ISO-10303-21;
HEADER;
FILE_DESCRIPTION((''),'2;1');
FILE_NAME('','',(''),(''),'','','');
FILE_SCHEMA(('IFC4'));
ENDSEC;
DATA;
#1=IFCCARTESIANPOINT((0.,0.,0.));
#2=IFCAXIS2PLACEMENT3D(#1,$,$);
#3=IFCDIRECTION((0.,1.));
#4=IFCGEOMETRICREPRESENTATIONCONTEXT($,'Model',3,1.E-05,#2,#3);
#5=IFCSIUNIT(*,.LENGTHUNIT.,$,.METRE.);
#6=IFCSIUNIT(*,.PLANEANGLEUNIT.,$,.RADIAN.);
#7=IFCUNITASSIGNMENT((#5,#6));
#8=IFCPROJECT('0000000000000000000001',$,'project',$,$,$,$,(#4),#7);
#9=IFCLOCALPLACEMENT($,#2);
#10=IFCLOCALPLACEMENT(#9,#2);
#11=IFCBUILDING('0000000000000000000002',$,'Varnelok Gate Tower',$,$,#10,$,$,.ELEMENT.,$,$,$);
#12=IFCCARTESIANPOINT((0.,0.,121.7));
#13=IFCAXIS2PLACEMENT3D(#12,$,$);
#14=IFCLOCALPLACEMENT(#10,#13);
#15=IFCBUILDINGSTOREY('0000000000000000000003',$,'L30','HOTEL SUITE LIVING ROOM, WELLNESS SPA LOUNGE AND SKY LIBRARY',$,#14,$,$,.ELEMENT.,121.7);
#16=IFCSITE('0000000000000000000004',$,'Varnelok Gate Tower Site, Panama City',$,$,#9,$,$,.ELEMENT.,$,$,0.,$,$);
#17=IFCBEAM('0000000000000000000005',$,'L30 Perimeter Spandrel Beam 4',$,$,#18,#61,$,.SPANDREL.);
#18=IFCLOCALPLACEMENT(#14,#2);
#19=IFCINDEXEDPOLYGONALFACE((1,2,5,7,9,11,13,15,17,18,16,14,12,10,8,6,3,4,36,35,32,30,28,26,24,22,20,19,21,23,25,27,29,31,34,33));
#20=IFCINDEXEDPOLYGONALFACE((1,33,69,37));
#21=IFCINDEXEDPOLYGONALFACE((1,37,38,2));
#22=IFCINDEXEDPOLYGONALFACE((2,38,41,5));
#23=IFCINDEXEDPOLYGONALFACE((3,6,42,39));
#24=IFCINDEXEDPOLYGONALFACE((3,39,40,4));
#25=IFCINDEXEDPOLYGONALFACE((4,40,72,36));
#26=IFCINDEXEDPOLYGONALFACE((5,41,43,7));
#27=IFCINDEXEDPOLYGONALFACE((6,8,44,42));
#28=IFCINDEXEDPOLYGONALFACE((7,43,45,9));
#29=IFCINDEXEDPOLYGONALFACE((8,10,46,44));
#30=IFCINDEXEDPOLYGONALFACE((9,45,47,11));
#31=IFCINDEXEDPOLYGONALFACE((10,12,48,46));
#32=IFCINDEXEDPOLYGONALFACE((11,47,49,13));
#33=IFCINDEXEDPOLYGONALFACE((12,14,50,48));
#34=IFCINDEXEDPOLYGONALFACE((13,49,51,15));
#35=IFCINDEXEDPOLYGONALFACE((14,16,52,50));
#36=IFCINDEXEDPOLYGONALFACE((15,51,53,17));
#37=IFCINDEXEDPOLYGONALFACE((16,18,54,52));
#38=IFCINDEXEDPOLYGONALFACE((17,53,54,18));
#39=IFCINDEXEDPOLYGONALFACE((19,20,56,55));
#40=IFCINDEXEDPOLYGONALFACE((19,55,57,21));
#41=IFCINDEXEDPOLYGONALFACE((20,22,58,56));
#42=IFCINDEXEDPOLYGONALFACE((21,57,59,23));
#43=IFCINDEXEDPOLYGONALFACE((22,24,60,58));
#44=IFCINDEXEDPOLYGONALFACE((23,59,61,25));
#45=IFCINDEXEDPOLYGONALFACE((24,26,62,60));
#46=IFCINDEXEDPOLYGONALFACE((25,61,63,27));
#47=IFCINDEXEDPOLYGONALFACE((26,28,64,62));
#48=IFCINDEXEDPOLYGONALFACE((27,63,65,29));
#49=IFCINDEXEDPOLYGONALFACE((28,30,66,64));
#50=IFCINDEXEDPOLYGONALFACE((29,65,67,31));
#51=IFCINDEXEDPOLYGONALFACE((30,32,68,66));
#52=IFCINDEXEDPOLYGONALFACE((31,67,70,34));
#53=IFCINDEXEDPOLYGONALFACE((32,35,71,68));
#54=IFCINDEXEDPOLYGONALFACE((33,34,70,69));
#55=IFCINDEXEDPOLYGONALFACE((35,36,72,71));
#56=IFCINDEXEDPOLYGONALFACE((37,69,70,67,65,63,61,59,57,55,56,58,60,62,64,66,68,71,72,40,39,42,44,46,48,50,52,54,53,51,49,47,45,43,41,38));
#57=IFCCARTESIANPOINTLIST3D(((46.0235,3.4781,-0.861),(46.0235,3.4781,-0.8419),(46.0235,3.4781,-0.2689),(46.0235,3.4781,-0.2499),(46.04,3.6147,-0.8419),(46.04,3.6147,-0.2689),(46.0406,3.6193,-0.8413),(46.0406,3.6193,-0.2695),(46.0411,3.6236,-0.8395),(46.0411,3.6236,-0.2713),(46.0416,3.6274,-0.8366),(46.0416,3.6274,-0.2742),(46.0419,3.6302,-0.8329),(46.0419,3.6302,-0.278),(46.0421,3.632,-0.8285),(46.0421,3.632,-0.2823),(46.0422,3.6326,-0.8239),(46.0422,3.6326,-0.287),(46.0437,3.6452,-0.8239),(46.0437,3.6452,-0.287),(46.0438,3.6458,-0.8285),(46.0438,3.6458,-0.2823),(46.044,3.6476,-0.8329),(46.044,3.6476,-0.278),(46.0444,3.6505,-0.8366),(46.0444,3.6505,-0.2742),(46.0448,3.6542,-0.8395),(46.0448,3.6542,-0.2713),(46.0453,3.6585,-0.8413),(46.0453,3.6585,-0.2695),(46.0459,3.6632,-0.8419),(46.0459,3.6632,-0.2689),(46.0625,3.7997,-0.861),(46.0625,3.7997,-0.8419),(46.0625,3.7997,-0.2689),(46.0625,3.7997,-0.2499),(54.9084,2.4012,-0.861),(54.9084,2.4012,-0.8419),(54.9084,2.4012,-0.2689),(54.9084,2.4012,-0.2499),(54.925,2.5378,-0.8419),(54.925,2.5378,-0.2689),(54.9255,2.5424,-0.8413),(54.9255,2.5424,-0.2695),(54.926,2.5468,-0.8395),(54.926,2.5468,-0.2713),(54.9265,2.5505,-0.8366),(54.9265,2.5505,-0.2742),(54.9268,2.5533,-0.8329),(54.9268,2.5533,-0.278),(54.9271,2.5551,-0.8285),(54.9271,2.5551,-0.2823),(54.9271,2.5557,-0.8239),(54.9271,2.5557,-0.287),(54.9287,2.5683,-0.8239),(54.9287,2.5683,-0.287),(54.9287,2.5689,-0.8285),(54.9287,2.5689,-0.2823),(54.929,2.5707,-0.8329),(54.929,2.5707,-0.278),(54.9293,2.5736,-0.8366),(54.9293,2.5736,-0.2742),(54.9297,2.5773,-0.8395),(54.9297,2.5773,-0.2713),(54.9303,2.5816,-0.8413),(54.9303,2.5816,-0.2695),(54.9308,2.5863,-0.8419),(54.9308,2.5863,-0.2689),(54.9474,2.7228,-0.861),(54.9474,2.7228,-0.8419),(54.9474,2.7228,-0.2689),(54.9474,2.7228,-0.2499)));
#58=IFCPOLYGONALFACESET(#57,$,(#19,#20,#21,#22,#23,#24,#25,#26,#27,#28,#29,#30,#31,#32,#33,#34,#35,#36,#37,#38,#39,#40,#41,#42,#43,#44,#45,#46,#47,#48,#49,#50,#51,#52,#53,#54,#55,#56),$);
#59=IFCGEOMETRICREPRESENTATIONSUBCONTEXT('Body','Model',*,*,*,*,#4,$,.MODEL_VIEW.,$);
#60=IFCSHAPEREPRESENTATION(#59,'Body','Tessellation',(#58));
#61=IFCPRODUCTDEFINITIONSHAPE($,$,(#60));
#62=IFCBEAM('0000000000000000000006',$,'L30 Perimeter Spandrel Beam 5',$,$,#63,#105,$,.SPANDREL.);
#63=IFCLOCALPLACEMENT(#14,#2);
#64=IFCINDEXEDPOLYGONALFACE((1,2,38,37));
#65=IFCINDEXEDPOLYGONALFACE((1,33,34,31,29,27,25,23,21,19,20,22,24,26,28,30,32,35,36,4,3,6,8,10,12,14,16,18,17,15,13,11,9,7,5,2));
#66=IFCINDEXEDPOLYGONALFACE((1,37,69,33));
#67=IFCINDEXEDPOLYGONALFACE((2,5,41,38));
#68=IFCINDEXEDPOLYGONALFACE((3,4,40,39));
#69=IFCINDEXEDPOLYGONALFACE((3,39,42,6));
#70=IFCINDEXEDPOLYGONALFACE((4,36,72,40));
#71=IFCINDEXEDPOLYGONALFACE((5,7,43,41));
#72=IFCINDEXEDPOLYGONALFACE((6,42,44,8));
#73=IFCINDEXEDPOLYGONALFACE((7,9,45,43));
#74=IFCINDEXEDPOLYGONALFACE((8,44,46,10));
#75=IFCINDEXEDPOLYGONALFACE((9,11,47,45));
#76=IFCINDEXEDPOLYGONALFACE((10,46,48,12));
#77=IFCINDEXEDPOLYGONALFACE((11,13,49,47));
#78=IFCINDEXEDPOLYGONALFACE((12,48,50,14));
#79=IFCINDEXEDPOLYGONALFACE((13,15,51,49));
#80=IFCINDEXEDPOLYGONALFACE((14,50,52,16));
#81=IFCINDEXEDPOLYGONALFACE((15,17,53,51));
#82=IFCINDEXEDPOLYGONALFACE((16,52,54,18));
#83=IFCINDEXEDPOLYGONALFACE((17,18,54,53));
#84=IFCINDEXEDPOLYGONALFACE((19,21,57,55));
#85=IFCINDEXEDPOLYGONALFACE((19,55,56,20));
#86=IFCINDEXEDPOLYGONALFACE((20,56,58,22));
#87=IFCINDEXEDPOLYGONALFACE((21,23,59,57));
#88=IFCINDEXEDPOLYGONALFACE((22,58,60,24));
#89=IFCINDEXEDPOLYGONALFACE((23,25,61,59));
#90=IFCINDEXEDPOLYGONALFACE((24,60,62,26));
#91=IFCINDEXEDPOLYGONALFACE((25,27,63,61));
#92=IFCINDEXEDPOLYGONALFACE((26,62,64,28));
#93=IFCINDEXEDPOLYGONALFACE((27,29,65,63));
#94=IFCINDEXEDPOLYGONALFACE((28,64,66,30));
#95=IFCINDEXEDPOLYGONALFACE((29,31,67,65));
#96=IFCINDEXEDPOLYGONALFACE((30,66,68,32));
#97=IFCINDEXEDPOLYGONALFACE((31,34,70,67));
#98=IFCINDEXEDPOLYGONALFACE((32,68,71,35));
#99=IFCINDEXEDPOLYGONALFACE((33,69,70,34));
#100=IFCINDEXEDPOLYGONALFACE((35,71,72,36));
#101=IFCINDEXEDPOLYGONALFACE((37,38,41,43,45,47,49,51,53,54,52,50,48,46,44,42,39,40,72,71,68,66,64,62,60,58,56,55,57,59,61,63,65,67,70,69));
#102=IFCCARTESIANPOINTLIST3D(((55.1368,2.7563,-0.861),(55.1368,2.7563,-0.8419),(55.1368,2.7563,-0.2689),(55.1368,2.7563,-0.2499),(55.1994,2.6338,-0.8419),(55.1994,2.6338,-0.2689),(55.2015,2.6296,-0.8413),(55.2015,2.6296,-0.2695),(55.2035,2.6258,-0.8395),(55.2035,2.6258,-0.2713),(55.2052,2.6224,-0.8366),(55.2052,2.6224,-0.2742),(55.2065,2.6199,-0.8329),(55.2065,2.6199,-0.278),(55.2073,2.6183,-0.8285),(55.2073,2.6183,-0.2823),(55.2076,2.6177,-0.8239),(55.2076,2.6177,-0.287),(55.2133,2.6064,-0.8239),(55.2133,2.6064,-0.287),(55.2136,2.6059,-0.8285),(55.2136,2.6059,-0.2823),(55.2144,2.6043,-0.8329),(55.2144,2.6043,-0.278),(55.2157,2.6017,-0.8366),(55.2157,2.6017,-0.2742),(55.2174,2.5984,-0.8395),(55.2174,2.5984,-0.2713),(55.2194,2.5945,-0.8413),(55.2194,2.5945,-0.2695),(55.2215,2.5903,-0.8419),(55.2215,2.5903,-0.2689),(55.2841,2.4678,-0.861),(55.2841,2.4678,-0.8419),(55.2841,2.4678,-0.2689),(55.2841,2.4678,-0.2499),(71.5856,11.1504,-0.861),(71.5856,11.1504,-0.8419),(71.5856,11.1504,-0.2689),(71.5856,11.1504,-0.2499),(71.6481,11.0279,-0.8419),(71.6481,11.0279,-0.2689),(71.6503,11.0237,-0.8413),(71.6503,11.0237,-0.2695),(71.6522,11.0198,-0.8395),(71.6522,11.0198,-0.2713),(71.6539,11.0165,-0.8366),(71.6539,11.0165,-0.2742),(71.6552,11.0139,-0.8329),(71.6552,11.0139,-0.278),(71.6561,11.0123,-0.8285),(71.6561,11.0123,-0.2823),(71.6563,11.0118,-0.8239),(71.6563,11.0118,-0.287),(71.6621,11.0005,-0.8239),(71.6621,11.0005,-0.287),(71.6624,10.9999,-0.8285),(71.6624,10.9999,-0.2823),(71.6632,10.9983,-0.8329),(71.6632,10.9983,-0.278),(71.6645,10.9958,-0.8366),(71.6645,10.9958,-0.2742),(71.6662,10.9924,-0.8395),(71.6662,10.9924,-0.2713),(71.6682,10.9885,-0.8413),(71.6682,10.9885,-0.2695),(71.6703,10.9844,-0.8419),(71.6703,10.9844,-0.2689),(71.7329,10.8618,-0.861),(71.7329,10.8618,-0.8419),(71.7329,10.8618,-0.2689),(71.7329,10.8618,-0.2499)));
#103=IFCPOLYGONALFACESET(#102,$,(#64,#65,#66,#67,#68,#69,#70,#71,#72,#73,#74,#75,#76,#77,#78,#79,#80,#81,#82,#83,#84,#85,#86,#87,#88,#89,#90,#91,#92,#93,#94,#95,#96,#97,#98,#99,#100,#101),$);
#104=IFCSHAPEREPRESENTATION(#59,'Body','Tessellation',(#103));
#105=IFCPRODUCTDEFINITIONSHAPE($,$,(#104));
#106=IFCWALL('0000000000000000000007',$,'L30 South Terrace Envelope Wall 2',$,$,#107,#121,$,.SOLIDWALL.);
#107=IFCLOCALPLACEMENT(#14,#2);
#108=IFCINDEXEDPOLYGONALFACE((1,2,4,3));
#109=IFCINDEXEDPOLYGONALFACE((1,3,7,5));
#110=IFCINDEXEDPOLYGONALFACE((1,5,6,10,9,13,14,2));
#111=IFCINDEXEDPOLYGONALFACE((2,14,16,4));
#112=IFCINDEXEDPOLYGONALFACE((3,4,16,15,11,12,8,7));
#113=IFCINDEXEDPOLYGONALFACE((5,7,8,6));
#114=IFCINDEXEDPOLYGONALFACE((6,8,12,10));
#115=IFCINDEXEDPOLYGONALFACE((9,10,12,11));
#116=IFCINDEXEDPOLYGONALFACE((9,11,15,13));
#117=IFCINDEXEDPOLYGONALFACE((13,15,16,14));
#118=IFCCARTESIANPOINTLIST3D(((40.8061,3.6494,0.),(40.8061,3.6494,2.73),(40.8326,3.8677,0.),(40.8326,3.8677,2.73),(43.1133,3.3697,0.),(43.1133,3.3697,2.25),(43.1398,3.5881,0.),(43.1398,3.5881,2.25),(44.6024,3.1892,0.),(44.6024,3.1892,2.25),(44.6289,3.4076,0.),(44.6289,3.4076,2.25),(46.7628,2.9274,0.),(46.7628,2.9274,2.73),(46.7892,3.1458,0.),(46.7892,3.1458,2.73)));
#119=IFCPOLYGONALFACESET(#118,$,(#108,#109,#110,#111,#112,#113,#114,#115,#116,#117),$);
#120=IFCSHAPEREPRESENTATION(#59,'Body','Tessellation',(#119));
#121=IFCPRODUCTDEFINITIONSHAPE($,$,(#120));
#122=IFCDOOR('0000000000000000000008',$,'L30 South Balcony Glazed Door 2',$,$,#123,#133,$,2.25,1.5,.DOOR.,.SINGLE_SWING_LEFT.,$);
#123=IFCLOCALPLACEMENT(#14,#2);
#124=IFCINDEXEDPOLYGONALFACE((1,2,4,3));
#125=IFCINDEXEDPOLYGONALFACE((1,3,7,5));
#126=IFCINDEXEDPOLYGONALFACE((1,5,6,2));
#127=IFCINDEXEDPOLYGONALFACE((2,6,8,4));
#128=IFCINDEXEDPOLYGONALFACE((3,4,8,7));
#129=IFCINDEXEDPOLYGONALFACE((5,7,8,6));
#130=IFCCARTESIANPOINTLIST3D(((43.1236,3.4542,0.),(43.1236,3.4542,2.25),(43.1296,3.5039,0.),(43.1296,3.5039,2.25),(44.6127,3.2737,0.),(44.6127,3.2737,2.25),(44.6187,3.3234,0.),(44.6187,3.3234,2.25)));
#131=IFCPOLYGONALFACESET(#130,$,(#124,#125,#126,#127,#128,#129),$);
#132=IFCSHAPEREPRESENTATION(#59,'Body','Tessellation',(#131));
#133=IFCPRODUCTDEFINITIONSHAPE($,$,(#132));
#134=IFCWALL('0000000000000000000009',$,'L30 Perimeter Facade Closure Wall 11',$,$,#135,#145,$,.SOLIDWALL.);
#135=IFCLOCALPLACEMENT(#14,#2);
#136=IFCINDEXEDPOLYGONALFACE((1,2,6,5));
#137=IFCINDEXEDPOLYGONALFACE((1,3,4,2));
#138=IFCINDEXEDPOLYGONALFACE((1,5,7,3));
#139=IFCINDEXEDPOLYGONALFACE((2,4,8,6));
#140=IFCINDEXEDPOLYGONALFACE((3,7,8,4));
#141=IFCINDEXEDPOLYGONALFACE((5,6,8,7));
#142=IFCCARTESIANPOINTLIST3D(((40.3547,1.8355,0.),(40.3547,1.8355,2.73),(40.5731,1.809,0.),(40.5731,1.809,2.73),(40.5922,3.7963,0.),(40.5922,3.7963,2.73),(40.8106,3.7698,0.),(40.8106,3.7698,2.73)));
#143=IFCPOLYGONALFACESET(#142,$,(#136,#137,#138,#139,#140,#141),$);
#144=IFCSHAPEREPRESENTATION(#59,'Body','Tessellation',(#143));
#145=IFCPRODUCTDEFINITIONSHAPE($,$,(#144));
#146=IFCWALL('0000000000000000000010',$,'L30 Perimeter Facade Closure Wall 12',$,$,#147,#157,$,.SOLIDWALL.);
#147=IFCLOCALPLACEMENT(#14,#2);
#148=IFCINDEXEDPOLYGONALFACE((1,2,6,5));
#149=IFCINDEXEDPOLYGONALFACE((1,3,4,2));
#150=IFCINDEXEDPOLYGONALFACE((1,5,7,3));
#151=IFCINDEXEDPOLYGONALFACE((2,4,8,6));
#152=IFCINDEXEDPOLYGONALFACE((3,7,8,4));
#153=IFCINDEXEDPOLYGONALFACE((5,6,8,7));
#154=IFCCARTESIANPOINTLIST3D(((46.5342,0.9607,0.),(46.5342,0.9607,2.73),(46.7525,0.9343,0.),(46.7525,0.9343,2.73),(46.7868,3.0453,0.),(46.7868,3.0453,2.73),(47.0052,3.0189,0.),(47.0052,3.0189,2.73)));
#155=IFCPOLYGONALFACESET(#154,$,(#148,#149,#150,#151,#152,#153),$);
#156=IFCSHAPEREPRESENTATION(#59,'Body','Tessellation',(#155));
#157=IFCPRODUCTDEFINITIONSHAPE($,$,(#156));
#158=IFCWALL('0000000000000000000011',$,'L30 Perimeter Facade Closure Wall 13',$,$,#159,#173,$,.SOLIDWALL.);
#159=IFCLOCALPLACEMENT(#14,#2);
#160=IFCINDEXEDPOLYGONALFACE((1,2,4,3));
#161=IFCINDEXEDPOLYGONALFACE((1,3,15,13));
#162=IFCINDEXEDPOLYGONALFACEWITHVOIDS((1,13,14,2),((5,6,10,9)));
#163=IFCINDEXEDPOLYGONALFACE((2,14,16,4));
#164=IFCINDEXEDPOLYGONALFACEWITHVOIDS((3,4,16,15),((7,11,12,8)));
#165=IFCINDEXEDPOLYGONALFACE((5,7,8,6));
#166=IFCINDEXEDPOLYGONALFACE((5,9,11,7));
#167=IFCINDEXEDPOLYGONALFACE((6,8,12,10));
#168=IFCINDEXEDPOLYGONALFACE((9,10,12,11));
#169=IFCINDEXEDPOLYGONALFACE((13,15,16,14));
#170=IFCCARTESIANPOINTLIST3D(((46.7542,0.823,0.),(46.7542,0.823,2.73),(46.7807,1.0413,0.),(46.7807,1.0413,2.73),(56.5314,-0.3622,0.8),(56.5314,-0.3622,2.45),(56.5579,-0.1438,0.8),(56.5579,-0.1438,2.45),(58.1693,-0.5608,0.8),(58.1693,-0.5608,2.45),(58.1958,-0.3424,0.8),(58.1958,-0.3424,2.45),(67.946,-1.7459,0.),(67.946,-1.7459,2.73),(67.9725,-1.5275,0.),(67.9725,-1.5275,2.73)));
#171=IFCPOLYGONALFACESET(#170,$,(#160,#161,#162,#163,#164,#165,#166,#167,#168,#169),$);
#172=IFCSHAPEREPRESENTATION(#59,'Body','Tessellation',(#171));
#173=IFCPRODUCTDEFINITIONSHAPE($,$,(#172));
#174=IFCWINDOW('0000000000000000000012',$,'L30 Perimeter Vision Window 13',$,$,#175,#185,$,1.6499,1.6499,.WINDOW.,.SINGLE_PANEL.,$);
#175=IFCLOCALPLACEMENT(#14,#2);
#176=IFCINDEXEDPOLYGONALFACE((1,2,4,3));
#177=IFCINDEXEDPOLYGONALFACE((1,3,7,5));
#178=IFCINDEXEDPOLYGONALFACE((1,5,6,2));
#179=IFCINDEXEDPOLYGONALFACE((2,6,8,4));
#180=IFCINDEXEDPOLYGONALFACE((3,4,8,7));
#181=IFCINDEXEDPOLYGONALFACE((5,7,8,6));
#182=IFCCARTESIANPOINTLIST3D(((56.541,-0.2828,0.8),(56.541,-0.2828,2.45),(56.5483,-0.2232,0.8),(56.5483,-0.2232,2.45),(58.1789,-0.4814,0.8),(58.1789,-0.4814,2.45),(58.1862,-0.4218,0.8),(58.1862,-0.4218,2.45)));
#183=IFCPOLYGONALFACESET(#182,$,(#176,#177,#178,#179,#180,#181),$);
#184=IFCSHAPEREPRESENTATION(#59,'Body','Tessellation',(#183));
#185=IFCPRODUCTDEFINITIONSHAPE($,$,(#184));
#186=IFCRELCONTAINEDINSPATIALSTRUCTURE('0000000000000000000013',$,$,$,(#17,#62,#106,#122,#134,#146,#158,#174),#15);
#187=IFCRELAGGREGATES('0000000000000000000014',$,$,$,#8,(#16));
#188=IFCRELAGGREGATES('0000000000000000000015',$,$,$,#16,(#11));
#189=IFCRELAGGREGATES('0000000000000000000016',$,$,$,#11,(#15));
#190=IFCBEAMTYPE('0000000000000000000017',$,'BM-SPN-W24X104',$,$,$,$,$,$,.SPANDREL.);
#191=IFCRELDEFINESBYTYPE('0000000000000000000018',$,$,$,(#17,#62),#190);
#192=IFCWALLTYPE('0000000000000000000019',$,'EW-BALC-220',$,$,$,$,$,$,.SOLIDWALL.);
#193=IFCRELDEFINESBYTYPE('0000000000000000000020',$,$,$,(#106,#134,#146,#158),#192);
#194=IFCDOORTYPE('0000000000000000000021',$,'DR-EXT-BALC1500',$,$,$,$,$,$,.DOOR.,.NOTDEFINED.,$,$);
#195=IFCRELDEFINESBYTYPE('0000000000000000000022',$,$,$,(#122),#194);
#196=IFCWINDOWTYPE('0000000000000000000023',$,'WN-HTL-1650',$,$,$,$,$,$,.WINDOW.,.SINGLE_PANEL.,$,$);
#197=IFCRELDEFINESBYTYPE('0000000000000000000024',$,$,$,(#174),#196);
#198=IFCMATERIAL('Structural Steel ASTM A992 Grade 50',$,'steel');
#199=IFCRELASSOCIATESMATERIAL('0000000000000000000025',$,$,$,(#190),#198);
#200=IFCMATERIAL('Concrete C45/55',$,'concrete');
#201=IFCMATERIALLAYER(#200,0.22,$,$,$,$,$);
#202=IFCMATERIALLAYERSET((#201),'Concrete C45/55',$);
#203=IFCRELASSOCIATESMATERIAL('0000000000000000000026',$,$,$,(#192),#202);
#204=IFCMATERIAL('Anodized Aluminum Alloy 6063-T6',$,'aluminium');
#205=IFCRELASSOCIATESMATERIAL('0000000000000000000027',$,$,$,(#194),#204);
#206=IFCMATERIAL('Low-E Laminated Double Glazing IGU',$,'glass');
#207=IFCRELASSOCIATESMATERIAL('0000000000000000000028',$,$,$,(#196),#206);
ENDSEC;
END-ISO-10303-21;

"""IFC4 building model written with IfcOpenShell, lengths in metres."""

from ifc_helpers import new_model, si_unit, direction, frame, frame_2d, origin, origin_2d, place, context, subcontext, project, spatial, rectangle, i_section, extrude, material, layer, layer_set, material_profile, profile_set, type_object, element, fill, save


model = new_model("IFC4")

# Units and contexts
model_context = context("Model", 3, precision=1e-05, world=origin(), true_north=direction((0.0, 1.0)))
body_context = subcontext(model_context, "Body", "Model", "MODEL_VIEW")
ifc_project = project(units=[si_unit("LENGTHUNIT", "METRE"), si_unit("PLANEANGLEUNIT", "RADIAN")], contexts=[model_context])

# Site, building, storey
site_placement = place(None, origin())
site = spatial("IfcSite", under=ifc_project, at=site_placement, Name="Varnelok Gate Tower Site, Panama City", CompositionType="ELEMENT", RefElevation=0.0)
building_placement = place(site_placement, origin())
building = spatial("IfcBuilding", under=site, at=building_placement, Name="Varnelok Gate Tower", CompositionType="ELEMENT")
storey_placement = place(building_placement, frame((0.0, 0.0, 121.7)))
storey = spatial("IfcBuildingStorey", under=building, at=storey_placement, Name="L30", Description="HOTEL SUITE LIVING ROOM, WELLNESS SPA LOUNGE AND SKY LIBRARY", CompositionType="ELEMENT", Elevation=121.7)

# Shared definitions
ifc_material_1 = material(Name="Structural Steel ASTM A992 Grade 50", Category="steel")

# Beams
ifc_material_profile_1 = material_profile(ifc_material_1, i_section(OverallWidth=0.324, OverallDepth=0.6111, WebThickness=0.0127, FlangeThickness=0.019, FilletRadius=0.0181, at=origin_2d()), Name="W24X104")
ifc_profile_set_1 = profile_set([ifc_material_profile_1], Name="Structural Steel ASTM A992 Grade 50")
beam_type_1 = type_object("IfcBeamType", Name="BM-SPN-W24X104", PredefinedType="SPANDREL", material=ifc_profile_set_1)
beam_1_placement = place(storey_placement, frame((46.043, 3.6389, -0.5554), z_axis=(0.992735, -0.120324, 0.0), x_axis=(0.120324, 0.992735, 0.0)))
element("IfcBeam", 1, at=beam_1_placement, inside=storey, type_object=beam_type_1, Name="L30 Perimeter Spandrel Beam 4", PredefinedType="SPANDREL", context=body_context, shape_type="SweptSolid", body=[
    extrude(i_section(OverallWidth=0.324, OverallDepth=0.6111, WebThickness=0.0127, FlangeThickness=0.019, FilletRadius=0.0181, at=origin_2d()), origin(), (0.0, 0.0, 1.0), 8.95),
])
beam_2_placement = place(storey_placement, frame((55.2104, 2.6121, -0.5554), z_axis=(0.890722, 0.454549, 0.0), x_axis=(-0.454549, 0.890722, 0.0)))
element("IfcBeam", 2, at=beam_2_placement, inside=storey, type_object=beam_type_1, Name="L30 Perimeter Spandrel Beam 5", PredefinedType="SPANDREL", context=body_context, shape_type="SweptSolid", body=[
    extrude(i_section(OverallWidth=0.324, OverallDepth=0.6111, WebThickness=0.0127, FlangeThickness=0.019, FilletRadius=0.0181, at=origin_2d()), origin(), (0.0, 0.0, 1.0), 18.4668),
])

# Wall, opening, door
ifc_material_2 = material(Name="Concrete C45/55", Category="concrete")
ifc_layer_1 = layer(ifc_material_2, 0.22)
ifc_layer_set_1 = layer_set([ifc_layer_1], Name="Concrete C45/55")
wall_type_1 = type_object("IfcWallType", Name="EW-BALC-220", PredefinedType="SOLIDWALL", material=ifc_layer_set_1)
wall_1_placement = place(storey_placement, frame((46.7759, 3.0366, 0.0), z_axis=(0.0, 0.0, 1.0), x_axis=(-0.992735, 0.120318, 0.0)))
wall_1 = element("IfcWall", 3, at=wall_1_placement, inside=storey, type_object=wall_type_1, Name="L30 South Terrace Envelope Wall 2", PredefinedType="SOLIDWALL", context=body_context, shape_type="SweptSolid", body=[
    extrude(rectangle(XDim=6.0002, YDim=0.22, at=frame_2d((3.0, 0.0))), origin(), (0.0, 0.0, 1.0), 2.73),
])
opening_1_placement = place(wall_1_placement, frame((2.176, 0.0, 0.0)))
opening_1 = element("IfcOpeningElement", 4, at=opening_1_placement, cuts=wall_1, PredefinedType="OPENING", context=body_context, shape_type="SweptSolid", body=[
    extrude(rectangle(XDim=1.5, YDim=2.25, at=frame_2d((0.75, 1.125))), frame((0.0, 0.1199, 0.0), z_axis=(0.0, -1.0, 0.0), x_axis=(1.0, 0.0, 0.0)), (0.0, 0.0, 1.0), 0.24),
])
ifc_material_3 = material(Name="Anodized Aluminum Alloy 6063-T6", Category="aluminium")
door_type_1 = type_object("IfcDoorType", Name="DR-EXT-BALC1500", OperationType="NOTDEFINED", PredefinedType="DOOR", material=ifc_material_3)
door_1_placement = place(opening_1_placement, origin())
door_1 = element("IfcDoor", 5, at=door_1_placement, inside=storey, type_object=door_type_1, Name="L30 South Balcony Glazed Door 2", OperationType="SINGLE_SWING_LEFT", OverallHeight=2.25, OverallWidth=1.5, PredefinedType="DOOR", context=body_context, shape_type="SweptSolid", body=[
    extrude(rectangle(XDim=1.5, YDim=2.25, at=frame_2d((0.75, 1.125))), frame((0.0, 0.0249, 0.0), z_axis=(0.0, -1.0, 0.0), x_axis=(1.0, 0.0, 0.0)), (0.0, 0.0, 1.0), 0.05),
])
fill(opening_1, door_1)

# Walls
wall_2_placement = place(storey_placement, frame((40.4639, 1.8223, 0.0), z_axis=(0.0, 0.0, 1.0), x_axis=(0.120276, 0.99274, 0.0)))
element("IfcWall", 6, at=wall_2_placement, inside=storey, type_object=wall_type_1, Name="L30 Perimeter Facade Closure Wall 11", PredefinedType="SOLIDWALL", context=body_context, shape_type="SweptSolid", body=[
    extrude(rectangle(XDim=1.9751, YDim=0.22, at=frame_2d((0.9875, 0.0))), origin(), (0.0, 0.0, 1.0), 2.73),
])
wall_3_placement = place(storey_placement, frame((46.896, 3.032, 0.0), z_axis=(0.0, 0.0, 1.0), x_axis=(-0.120328, -0.992734, 0.0)))
element("IfcWall", 7, at=wall_3_placement, inside=storey, type_object=wall_type_1, Name="L30 Perimeter Facade Closure Wall 12", PredefinedType="SOLIDWALL", context=body_context, shape_type="SweptSolid", body=[
    extrude(rectangle(XDim=2.0999, YDim=0.22, at=frame_2d((1.0498, 0.0))), origin(), (0.0, 0.0, 1.0), 2.73),
])

# Wall, opening, window
wall_4_placement = place(storey_placement, frame((46.7676, 0.9321, 0.0), z_axis=(0.0, 0.0, 1.0), x_axis=(0.992733, -0.120338, 0.0)))
wall_4 = element("IfcWall", 8, at=wall_4_placement, inside=storey, type_object=wall_type_1, Name="L30 Perimeter Facade Closure Wall 13", PredefinedType="SOLIDWALL", context=body_context, shape_type="SweptSolid", body=[
    extrude(rectangle(XDim=21.3469, YDim=0.22, at=frame_2d((10.6733, 0.0))), origin(), (0.0, 0.0, 1.0), 2.73),
])
opening_2_placement = place(wall_4_placement, frame((9.8486, 0.0, 0.8)))
opening_2 = element("IfcOpeningElement", 9, at=opening_2_placement, cuts=wall_4, PredefinedType="OPENING", context=body_context, shape_type="SweptSolid", body=[
    extrude(rectangle(XDim=1.6499, YDim=1.6499, at=frame_2d((0.825, 0.825))), frame((0.0, 0.1199, 0.0), z_axis=(0.0, -1.0, 0.0), x_axis=(1.0, 0.0, 0.0)), (0.0, 0.0, 1.0), 0.24),
])
ifc_material_4 = material(Name="Low-E Laminated Double Glazing IGU", Category="glass")
window_type = type_object("IfcWindowType", Name="WN-HTL-1650", PartitioningType="SINGLE_PANEL", PredefinedType="WINDOW", material=ifc_material_4)
window_placement = place(opening_2_placement, origin())
window = element("IfcWindow", 10, at=window_placement, inside=storey, type_object=window_type, Name="L30 Perimeter Vision Window 13", OverallHeight=1.6499, OverallWidth=1.6499, PartitioningType="SINGLE_PANEL", PredefinedType="WINDOW", context=body_context, shape_type="SweptSolid", body=[
    extrude(rectangle(XDim=1.6499, YDim=1.6499, at=frame_2d((0.825, 0.825))), frame((0.0, 0.03, 0.0), z_axis=(0.0, -1.0, 0.0), x_axis=(1.0, 0.0, 0.0)), (0.0, 0.0, 1.0), 0.0601),
])
fill(opening_2, window)

save(model, "model.ifc")
